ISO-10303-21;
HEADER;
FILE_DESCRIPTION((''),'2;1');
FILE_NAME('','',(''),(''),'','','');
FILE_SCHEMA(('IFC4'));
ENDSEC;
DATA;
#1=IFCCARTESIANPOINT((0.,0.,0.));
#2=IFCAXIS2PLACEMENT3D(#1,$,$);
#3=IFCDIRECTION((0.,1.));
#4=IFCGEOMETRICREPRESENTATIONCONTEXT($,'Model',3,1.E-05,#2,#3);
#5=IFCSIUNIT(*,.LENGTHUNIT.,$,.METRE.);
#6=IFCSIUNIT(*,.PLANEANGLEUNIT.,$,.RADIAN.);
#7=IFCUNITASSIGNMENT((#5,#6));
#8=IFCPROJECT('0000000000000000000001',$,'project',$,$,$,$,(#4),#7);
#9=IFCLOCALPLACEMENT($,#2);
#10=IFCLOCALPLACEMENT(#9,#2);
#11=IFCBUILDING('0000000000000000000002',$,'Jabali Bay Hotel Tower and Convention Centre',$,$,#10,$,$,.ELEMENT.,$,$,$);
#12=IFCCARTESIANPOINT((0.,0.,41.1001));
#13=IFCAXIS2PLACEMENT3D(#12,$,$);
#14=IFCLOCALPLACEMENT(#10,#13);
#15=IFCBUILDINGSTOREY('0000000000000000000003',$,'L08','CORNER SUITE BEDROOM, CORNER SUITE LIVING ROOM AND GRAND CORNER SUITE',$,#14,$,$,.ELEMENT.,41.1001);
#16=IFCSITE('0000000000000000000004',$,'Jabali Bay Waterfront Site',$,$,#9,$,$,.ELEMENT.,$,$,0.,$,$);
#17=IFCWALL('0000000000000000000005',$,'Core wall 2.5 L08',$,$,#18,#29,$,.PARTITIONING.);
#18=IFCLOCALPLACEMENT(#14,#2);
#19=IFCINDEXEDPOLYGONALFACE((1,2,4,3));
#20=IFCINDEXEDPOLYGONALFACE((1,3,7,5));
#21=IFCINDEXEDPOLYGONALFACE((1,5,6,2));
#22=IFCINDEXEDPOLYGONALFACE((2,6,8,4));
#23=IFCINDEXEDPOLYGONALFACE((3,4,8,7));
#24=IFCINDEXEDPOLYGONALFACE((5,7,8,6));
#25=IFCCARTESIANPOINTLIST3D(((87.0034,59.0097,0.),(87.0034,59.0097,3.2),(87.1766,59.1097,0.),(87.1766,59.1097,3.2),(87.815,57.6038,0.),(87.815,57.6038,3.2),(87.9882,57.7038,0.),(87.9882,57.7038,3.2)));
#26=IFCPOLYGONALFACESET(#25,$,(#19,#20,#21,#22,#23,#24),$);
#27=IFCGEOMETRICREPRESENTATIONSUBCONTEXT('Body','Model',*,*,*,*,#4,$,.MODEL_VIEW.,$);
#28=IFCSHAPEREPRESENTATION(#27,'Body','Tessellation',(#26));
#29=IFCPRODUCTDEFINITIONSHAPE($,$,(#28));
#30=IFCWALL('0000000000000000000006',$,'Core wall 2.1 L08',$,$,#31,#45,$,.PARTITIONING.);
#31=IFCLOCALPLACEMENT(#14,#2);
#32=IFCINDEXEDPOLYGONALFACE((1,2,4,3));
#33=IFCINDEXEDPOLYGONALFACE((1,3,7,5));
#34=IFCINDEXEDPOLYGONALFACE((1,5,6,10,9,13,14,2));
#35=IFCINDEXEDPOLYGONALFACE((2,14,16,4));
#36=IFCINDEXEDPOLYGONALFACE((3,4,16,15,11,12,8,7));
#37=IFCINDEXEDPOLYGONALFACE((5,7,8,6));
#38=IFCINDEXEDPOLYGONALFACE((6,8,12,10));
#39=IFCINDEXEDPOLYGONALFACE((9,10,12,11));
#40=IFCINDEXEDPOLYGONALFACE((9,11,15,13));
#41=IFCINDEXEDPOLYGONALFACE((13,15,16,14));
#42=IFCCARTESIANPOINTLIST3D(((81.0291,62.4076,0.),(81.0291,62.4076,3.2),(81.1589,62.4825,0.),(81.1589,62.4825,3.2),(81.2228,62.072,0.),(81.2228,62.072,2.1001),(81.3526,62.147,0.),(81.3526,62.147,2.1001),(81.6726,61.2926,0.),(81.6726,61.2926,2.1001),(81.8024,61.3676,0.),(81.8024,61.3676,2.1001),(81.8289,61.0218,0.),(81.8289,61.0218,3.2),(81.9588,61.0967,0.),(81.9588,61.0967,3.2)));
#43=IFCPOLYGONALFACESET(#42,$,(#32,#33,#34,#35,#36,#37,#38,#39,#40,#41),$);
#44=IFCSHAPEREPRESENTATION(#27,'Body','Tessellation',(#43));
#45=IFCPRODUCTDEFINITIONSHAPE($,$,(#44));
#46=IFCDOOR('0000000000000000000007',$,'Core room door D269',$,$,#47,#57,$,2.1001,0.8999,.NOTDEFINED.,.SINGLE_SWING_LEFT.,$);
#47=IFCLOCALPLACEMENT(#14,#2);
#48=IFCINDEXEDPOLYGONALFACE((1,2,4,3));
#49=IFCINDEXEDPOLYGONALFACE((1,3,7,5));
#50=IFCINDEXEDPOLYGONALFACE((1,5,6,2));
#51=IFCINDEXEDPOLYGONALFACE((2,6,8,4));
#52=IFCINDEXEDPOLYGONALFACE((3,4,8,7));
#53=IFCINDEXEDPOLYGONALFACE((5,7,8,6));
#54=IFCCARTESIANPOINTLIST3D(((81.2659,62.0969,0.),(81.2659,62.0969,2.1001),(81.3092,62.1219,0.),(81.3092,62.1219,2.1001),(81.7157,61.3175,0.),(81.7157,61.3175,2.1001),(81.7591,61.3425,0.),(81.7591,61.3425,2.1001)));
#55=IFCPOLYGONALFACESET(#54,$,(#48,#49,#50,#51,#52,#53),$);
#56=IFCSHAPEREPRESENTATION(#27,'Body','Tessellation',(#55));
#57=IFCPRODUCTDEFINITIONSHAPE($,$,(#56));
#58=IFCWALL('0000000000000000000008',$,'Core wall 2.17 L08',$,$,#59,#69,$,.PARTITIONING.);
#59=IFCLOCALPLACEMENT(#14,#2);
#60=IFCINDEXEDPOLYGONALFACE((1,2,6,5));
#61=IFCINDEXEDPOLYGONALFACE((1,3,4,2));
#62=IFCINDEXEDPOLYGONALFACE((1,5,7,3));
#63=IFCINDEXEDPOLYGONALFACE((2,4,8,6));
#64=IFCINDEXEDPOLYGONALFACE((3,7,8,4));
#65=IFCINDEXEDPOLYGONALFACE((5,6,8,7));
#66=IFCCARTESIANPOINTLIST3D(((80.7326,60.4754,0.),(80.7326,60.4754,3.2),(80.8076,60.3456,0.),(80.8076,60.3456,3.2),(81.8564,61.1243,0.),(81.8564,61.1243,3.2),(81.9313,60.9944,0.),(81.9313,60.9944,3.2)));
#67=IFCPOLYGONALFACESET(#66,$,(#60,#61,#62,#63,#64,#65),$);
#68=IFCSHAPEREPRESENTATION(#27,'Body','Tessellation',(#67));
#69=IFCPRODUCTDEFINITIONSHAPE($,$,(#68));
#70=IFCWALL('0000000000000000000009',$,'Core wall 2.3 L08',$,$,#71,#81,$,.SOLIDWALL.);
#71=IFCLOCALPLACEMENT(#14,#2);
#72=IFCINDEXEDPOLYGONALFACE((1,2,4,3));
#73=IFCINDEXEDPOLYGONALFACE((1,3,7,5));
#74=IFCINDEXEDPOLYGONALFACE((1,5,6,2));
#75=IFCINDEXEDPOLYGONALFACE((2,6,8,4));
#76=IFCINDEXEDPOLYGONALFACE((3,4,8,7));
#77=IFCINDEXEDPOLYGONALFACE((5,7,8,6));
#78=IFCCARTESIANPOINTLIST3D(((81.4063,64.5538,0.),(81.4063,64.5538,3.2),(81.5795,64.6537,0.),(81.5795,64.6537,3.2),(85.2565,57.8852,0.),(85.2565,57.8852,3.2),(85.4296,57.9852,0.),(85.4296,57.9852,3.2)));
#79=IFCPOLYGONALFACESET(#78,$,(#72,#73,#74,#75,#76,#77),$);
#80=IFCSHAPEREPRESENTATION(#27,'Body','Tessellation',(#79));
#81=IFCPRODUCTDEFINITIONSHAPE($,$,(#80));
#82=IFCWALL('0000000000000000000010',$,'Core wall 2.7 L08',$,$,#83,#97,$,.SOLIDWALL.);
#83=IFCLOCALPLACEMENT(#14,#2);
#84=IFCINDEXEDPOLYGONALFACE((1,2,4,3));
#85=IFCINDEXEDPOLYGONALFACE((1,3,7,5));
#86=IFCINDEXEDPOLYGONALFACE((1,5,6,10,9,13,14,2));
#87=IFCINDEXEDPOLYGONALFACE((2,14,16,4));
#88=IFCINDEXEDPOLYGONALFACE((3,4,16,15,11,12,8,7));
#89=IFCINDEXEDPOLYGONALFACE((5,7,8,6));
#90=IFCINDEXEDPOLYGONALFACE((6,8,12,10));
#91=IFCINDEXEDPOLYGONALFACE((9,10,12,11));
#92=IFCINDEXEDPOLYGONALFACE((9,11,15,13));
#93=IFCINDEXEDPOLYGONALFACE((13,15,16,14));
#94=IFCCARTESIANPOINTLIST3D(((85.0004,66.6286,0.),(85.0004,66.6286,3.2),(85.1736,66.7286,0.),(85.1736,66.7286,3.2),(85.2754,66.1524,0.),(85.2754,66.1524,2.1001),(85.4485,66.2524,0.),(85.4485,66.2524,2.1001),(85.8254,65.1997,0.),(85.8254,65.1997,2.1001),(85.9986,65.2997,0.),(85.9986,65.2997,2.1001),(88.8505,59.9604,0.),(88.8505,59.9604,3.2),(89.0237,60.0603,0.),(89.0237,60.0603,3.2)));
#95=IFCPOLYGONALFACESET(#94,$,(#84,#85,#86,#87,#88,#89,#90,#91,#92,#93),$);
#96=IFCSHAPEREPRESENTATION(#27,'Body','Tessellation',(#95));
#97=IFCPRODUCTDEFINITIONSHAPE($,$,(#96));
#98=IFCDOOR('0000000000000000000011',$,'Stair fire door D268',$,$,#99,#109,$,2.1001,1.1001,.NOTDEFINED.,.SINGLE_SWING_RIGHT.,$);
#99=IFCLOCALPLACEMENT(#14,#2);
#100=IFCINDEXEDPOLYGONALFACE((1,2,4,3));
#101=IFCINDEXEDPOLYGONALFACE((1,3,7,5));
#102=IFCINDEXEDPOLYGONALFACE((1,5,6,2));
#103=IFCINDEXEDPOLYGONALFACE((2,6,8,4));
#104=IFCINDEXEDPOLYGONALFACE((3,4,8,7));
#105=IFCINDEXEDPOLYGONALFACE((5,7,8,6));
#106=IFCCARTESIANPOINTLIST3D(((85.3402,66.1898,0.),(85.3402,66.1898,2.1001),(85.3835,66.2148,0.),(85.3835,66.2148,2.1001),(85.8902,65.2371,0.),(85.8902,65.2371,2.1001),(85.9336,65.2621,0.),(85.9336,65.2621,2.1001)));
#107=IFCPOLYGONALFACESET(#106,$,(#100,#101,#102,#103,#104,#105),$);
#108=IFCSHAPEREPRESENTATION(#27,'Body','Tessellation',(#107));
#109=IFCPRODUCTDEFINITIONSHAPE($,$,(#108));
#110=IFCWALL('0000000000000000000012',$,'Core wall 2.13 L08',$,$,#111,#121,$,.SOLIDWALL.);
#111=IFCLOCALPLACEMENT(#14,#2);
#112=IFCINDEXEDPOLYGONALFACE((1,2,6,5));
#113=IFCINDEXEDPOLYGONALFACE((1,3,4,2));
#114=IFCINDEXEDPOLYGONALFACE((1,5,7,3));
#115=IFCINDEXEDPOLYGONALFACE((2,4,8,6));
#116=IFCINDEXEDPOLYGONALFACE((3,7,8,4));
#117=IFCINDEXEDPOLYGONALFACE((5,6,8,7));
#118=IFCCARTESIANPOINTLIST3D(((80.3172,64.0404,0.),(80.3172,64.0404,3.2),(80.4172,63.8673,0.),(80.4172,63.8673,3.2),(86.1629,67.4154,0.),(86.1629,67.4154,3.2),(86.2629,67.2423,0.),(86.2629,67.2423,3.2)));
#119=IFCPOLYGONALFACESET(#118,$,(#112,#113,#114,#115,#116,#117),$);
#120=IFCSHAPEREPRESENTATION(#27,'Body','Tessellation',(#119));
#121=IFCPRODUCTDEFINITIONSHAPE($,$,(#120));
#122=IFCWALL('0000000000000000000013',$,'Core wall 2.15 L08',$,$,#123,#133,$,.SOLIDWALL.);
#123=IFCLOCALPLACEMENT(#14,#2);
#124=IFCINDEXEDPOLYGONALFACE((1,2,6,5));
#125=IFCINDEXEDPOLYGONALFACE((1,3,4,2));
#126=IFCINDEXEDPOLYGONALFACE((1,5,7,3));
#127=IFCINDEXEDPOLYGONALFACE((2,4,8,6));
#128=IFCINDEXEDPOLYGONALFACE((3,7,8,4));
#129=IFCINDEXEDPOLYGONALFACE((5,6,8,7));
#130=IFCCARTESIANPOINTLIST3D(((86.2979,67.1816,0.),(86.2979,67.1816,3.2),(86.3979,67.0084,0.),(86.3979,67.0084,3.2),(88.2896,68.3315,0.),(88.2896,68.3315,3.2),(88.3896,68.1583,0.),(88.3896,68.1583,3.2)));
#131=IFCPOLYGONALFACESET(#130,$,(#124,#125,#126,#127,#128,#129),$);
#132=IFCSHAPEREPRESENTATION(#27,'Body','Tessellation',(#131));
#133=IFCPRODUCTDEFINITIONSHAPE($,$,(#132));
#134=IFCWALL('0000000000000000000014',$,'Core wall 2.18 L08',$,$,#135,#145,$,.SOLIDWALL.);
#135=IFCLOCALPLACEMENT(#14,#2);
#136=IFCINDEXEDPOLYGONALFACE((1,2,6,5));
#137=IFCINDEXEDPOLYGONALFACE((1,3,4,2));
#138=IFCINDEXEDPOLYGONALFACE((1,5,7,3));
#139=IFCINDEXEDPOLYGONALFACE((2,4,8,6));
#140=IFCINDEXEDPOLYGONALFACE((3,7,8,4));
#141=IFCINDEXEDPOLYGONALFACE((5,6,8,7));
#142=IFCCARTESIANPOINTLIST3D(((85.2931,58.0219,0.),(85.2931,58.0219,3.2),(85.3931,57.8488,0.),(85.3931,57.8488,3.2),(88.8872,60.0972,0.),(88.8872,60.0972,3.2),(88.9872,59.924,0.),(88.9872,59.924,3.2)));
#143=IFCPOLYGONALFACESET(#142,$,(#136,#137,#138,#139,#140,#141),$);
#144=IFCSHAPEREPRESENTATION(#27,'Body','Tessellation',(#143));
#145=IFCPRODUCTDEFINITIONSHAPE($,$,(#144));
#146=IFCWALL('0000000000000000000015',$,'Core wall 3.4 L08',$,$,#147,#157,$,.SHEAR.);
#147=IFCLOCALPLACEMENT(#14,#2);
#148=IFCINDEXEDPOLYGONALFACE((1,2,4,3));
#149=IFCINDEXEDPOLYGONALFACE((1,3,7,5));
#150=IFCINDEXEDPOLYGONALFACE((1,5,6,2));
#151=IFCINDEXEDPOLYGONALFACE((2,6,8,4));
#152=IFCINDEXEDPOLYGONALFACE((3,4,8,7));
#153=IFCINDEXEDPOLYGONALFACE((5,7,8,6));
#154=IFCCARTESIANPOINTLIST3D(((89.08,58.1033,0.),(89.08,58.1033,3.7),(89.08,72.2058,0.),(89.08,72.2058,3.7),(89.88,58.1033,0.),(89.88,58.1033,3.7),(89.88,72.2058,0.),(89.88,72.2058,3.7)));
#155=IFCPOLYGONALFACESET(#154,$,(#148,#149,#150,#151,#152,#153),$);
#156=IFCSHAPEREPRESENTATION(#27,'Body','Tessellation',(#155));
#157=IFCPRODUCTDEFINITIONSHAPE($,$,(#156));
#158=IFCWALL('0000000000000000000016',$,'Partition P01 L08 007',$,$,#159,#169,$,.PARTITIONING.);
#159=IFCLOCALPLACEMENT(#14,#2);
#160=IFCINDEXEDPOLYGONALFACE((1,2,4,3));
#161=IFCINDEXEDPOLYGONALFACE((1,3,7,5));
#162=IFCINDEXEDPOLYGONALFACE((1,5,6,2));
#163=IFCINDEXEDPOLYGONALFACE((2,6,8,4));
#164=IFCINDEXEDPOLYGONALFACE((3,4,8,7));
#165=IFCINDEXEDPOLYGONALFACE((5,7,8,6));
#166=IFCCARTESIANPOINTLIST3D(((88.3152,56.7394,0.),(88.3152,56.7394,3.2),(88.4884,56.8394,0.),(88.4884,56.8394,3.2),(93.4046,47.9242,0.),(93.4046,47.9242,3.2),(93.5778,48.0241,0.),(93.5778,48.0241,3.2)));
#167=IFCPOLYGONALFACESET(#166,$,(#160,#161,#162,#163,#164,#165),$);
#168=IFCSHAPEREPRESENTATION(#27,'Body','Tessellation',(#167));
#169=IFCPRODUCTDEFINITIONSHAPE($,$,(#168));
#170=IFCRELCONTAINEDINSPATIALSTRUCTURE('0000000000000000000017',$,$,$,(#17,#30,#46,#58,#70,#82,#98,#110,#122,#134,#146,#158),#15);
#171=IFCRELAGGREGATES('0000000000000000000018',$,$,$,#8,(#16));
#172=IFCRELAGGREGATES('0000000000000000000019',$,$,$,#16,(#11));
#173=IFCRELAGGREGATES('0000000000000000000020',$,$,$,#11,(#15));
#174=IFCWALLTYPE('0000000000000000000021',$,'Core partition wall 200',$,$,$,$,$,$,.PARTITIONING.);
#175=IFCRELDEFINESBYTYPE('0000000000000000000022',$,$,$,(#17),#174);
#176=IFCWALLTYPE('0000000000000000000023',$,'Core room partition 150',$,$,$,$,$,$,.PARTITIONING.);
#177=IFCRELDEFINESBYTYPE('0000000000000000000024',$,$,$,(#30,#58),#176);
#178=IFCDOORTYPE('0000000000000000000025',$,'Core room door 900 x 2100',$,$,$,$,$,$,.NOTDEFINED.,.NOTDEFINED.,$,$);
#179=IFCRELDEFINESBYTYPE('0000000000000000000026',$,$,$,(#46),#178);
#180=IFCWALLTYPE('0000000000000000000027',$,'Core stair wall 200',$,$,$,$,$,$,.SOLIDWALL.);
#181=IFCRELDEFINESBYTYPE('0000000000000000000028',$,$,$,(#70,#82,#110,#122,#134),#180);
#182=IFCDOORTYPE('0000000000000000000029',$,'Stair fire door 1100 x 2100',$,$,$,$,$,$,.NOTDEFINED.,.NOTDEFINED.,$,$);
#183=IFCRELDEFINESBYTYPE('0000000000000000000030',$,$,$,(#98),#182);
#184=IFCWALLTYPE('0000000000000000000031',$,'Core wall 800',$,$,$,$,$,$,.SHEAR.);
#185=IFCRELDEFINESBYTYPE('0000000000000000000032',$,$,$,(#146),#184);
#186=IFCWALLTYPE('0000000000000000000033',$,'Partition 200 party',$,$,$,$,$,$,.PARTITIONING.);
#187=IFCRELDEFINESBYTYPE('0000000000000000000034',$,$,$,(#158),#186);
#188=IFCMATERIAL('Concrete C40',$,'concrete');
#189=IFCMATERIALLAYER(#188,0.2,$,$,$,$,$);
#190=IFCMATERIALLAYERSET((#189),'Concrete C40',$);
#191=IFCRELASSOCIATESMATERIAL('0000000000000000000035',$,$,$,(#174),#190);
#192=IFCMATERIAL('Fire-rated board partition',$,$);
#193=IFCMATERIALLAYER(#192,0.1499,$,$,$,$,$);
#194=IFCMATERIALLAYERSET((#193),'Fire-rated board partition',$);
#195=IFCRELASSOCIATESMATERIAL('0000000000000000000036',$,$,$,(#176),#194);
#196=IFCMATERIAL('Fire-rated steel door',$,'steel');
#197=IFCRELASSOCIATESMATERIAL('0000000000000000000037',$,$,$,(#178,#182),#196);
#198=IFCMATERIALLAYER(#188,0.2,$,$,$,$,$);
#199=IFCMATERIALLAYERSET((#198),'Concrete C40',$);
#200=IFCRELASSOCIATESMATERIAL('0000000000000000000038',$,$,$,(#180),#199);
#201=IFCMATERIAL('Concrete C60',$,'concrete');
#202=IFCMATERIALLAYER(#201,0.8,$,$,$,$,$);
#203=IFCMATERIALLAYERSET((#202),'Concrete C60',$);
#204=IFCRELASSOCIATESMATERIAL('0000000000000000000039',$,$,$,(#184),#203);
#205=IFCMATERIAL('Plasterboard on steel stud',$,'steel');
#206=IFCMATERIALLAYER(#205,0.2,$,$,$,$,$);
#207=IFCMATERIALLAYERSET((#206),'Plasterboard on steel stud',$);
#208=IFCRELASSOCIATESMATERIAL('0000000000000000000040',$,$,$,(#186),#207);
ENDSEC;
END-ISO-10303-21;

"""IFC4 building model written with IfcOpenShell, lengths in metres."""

from ifc_helpers import new_model, si_unit, direction, frame, frame_2d, origin, place, context, subcontext, project, spatial, rectangle, extrude, material, layer, layer_set, type_object, element, fill, save


model = new_model("IFC4")

# Units and contexts
model_context = context("Model", 3, precision=1e-05, world=origin(), true_north=direction((0.0, 1.0)))
body_context = subcontext(model_context, "Body", "Model", "MODEL_VIEW")
ifc_project = project(units=[si_unit("LENGTHUNIT", "METRE"), si_unit("PLANEANGLEUNIT", "RADIAN")], contexts=[model_context])

# Site, building, storey
site_placement = place(None, origin())
site = spatial("IfcSite", under=ifc_project, at=site_placement, Name="Jabali Bay Waterfront Site", CompositionType="ELEMENT", RefElevation=0.0)
building_placement = place(site_placement, origin())
building = spatial("IfcBuilding", under=site, at=building_placement, Name="Jabali Bay Hotel Tower and Convention Centre", CompositionType="ELEMENT")
storey_placement = place(building_placement, frame((0.0, 0.0, 41.1001)))
storey = spatial("IfcBuildingStorey", under=building, at=storey_placement, Name="L08", Description="CORNER SUITE BEDROOM, CORNER SUITE LIVING ROOM AND GRAND CORNER SUITE", CompositionType="ELEMENT", Elevation=41.1001)

# Wall
ifc_material_1 = material(Name="Concrete C40", Category="concrete")
ifc_layer_1 = layer(ifc_material_1, 0.2)
ifc_layer_set_1 = layer_set([ifc_layer_1], Name="Concrete C40")
wall_type_1 = type_object("IfcWallType", Name="Core partition wall 200", PredefinedType="PARTITIONING", material=ifc_layer_set_1)
wall_1_placement = place(storey_placement, frame((87.0901, 59.0596, 0.0), z_axis=(0.0, 0.0, 1.0), x_axis=(0.499957, -0.86605, 0.0)))
element("IfcWall", 1, at=wall_1_placement, inside=storey, type_object=wall_type_1, Name="Core wall 2.5 L08", PredefinedType="PARTITIONING", context=body_context, shape_type="SweptSolid", body=[
    extrude(rectangle(XDim=1.6233, YDim=0.2, at=frame_2d((0.8115, 0.0))), origin(), (0.0, 0.0, 1.0), 3.2),
])

# Wall, opening, door
ifc_material_2 = material(Name="Fire-rated board partition")
ifc_layer_2 = layer(ifc_material_2, 0.1499)
ifc_layer_set_2 = layer_set([ifc_layer_2], Name="Fire-rated board partition")
wall_type_2 = type_object("IfcWallType", Name="Core room partition 150", PredefinedType="PARTITIONING", material=ifc_layer_set_2)
wall_2_placement = place(storey_placement, frame((81.094, 62.4451, 0.0), z_axis=(0.0, 0.0, 1.0), x_axis=(0.499881, -0.866094, 0.0)))
wall_2 = element("IfcWall", 2, at=wall_2_placement, inside=storey, type_object=wall_type_2, Name="Core wall 2.1 L08", PredefinedType="PARTITIONING", context=body_context, shape_type="SweptSolid", body=[
    extrude(rectangle(XDim=1.6001, YDim=0.1499, at=frame_2d((0.8, 0.0))), origin(), (0.0, 0.0, 1.0), 3.2),
])
opening_1_placement = place(wall_2_placement, frame((0.3875, 0.0, 0.0)))
opening_1 = element("IfcOpeningElement", 3, at=opening_1_placement, cuts=wall_2, PredefinedType="OPENING", context=body_context, shape_type="SweptSolid", body=[
    extrude(rectangle(XDim=0.8999, YDim=2.1001, at=frame_2d((0.45, 1.05))), frame((0.0, 0.0854, 0.0), z_axis=(0.0, -1.0, 0.0), x_axis=(1.0, 0.0, 0.0)), (0.0, 0.0, 1.0), 0.1709),
])
ifc_material_3 = material(Name="Fire-rated steel door", Category="steel")
door_type_1 = type_object("IfcDoorType", Name="Core room door 900 x 2100", OperationType="NOTDEFINED", PredefinedType="NOTDEFINED", material=ifc_material_3)
door_1_placement = place(opening_1_placement, origin())
door_1 = element("IfcDoor", 4, at=door_1_placement, inside=storey, type_object=door_type_1, Name="Core room door D269", OperationType="SINGLE_SWING_LEFT", OverallHeight=2.1001, OverallWidth=0.8999, PredefinedType="NOTDEFINED", context=body_context, shape_type="SweptSolid", body=[
    extrude(rectangle(XDim=0.8999, YDim=2.1001, at=frame_2d((0.45, 1.05))), frame((0.0, 0.0249, 0.0), z_axis=(0.0, -1.0, 0.0), x_axis=(1.0, 0.0, 0.0)), (0.0, 0.0, 1.0), 0.05),
])
fill(opening_1, door_1)

# Walls
wall_3_placement = place(storey_placement, frame((80.77, 60.4104, 0.0), z_axis=(0.0, 0.0, 1.0), x_axis=(0.865988, 0.500064, 0.0)))
element("IfcWall", 5, at=wall_3_placement, inside=storey, type_object=wall_type_2, Name="Core wall 2.17 L08", PredefinedType="PARTITIONING", context=body_context, shape_type="SweptSolid", body=[
    extrude(rectangle(XDim=1.2976, YDim=0.1499, at=frame_2d((0.6489, 0.0))), origin(), (0.0, 0.0, 1.0), 3.2),
])
ifc_layer_3 = layer(ifc_material_1, 0.2)
ifc_layer_set_3 = layer_set([ifc_layer_3], Name="Concrete C40")
wall_type_3 = type_object("IfcWallType", Name="Core stair wall 200", PredefinedType="SOLIDWALL", material=ifc_layer_set_3)
wall_4_placement = place(storey_placement, frame((81.4929, 64.6038, 0.0), z_axis=(0.0, 0.0, 1.0), x_axis=(0.500006, -0.866022, 0.0)))
element("IfcWall", 6, at=wall_4_placement, inside=storey, type_object=wall_type_3, Name="Core wall 2.3 L08", PredefinedType="SOLIDWALL", context=body_context, shape_type="SweptSolid", body=[
    extrude(rectangle(XDim=7.7002, YDim=0.2, at=frame_2d((3.8501, 0.0))), origin(), (0.0, 0.0, 1.0), 3.2),
])

# Wall, opening, door
wall_5_placement = place(storey_placement, frame((85.0869, 66.6787, 0.0), z_axis=(0.0, 0.0, 1.0), x_axis=(0.50002, -0.866014, 0.0)))
wall_5 = element("IfcWall", 7, at=wall_5_placement, inside=storey, type_object=wall_type_3, Name="Core wall 2.7 L08", PredefinedType="SOLIDWALL", context=body_context, shape_type="SweptSolid", body=[
    extrude(rectangle(XDim=7.7, YDim=0.2, at=frame_2d((3.8501, 0.0))), origin(), (0.0, 0.0, 1.0), 3.2),
])
opening_2_placement = place(wall_5_placement, frame((0.55, 0.0, 0.0)))
opening_2 = element("IfcOpeningElement", 8, at=opening_2_placement, cuts=wall_5, PredefinedType="OPENING", context=body_context, shape_type="SweptSolid", body=[
    extrude(rectangle(XDim=1.1001, YDim=2.1001, at=frame_2d((0.55, 1.05))), frame((0.0, 0.1104, 0.0), z_axis=(0.0, -1.0, 0.0), x_axis=(1.0, 0.0, 0.0)), (0.0, 0.0, 1.0), 0.2209),
])
door_type_2 = type_object("IfcDoorType", Name="Stair fire door 1100 x 2100", OperationType="NOTDEFINED", PredefinedType="NOTDEFINED", material=ifc_material_3)
door_2_placement = place(opening_2_placement, origin())
door_2 = element("IfcDoor", 9, at=door_2_placement, inside=storey, type_object=door_type_2, Name="Stair fire door D268", OperationType="SINGLE_SWING_RIGHT", OverallHeight=2.1001, OverallWidth=1.1001, PredefinedType="NOTDEFINED", context=body_context, shape_type="SweptSolid", body=[
    extrude(rectangle(XDim=1.1001, YDim=2.1001, at=frame_2d((0.55, 1.05))), frame((0.0, 0.0249, 0.0), z_axis=(0.0, -1.0, 0.0), x_axis=(1.0, 0.0, 0.0)), (0.0, 0.0, 1.0), 0.05),
])
fill(opening_2, door_2)

# Walls
wall_6_placement = place(storey_placement, frame((80.3672, 63.9539, 0.0), z_axis=(0.0, 0.0, 1.0), x_axis=(0.866027, 0.499998, 0.0)))
element("IfcWall", 10, at=wall_6_placement, inside=storey, type_object=wall_type_3, Name="Core wall 2.13 L08", PredefinedType="SOLIDWALL", context=body_context, shape_type="SweptSolid", body=[
    extrude(rectangle(XDim=6.75, YDim=0.2, at=frame_2d((3.375, 0.0))), origin(), (0.0, 0.0, 1.0), 3.2),
])
wall_7_placement = place(storey_placement, frame((86.3479, 67.095, 0.0), z_axis=(0.0, 0.0, 1.0), x_axis=(0.866026, 0.499998, 0.0)))
element("IfcWall", 11, at=wall_7_placement, inside=storey, type_object=wall_type_3, Name="Core wall 2.15 L08", PredefinedType="SOLIDWALL", context=body_context, shape_type="SweptSolid", body=[
    extrude(rectangle(XDim=2.2998, YDim=0.2, at=frame_2d((1.1499, 0.0))), origin(), (0.0, 0.0, 1.0), 3.2),
])
wall_8_placement = place(storey_placement, frame((85.343, 57.9353, 0.0), z_axis=(0.0, 0.0, 1.0), x_axis=(0.866004, 0.500036, 0.0)))
element("IfcWall", 12, at=wall_8_placement, inside=storey, type_object=wall_type_3, Name="Core wall 2.18 L08", PredefinedType="SOLIDWALL", context=body_context, shape_type="SweptSolid", body=[
    extrude(rectangle(XDim=4.1501, YDim=0.2, at=frame_2d((2.0752, 0.0))), origin(), (0.0, 0.0, 1.0), 3.2),
])
ifc_material_4 = material(Name="Concrete C60", Category="concrete")
ifc_layer_4 = layer(ifc_material_4, 0.8)
ifc_layer_set_4 = layer_set([ifc_layer_4], Name="Concrete C60")
wall_type_4 = type_object("IfcWallType", Name="Core wall 800", PredefinedType="SHEAR", material=ifc_layer_set_4)
wall_9_placement = place(storey_placement, frame((89.48, 58.1033, 0.0), z_axis=(0.0, 0.0, 1.0), x_axis=(0.0, 1.0, 0.0)))
element("IfcWall", 13, at=wall_9_placement, inside=storey, type_object=wall_type_4, Name="Core wall 3.4 L08", PredefinedType="SHEAR", context=body_context, shape_type="SweptSolid", body=[
    extrude(rectangle(XDim=14.1025, YDim=0.8, at=frame_2d((7.0513, 0.0))), origin(), (0.0, 0.0, 1.0), 3.7),
])
ifc_material_5 = material(Name="Plasterboard on steel stud", Category="steel")
ifc_layer_5 = layer(ifc_material_5, 0.2)
ifc_layer_set_5 = layer_set([ifc_layer_5], Name="Plasterboard on steel stud")
wall_type_5 = type_object("IfcWallType", Name="Partition 200 party", PredefinedType="PARTITIONING", material=ifc_layer_set_5)
wall_10_placement = place(storey_placement, frame((88.4019, 56.7893, 0.0), z_axis=(0.0, 0.0, 1.0), x_axis=(0.499993, -0.866029, 0.0)))
element("IfcWall", 14, at=wall_10_placement, inside=storey, type_object=wall_type_5, Name="Partition P01 L08 007", PredefinedType="PARTITIONING", context=body_context, shape_type="SweptSolid", body=[
    extrude(rectangle(XDim=10.179, YDim=0.2, at=frame_2d((5.0894, 0.0))), origin(), (0.0, 0.0, 1.0), 3.2),
])

save(model, "model.ifc")
